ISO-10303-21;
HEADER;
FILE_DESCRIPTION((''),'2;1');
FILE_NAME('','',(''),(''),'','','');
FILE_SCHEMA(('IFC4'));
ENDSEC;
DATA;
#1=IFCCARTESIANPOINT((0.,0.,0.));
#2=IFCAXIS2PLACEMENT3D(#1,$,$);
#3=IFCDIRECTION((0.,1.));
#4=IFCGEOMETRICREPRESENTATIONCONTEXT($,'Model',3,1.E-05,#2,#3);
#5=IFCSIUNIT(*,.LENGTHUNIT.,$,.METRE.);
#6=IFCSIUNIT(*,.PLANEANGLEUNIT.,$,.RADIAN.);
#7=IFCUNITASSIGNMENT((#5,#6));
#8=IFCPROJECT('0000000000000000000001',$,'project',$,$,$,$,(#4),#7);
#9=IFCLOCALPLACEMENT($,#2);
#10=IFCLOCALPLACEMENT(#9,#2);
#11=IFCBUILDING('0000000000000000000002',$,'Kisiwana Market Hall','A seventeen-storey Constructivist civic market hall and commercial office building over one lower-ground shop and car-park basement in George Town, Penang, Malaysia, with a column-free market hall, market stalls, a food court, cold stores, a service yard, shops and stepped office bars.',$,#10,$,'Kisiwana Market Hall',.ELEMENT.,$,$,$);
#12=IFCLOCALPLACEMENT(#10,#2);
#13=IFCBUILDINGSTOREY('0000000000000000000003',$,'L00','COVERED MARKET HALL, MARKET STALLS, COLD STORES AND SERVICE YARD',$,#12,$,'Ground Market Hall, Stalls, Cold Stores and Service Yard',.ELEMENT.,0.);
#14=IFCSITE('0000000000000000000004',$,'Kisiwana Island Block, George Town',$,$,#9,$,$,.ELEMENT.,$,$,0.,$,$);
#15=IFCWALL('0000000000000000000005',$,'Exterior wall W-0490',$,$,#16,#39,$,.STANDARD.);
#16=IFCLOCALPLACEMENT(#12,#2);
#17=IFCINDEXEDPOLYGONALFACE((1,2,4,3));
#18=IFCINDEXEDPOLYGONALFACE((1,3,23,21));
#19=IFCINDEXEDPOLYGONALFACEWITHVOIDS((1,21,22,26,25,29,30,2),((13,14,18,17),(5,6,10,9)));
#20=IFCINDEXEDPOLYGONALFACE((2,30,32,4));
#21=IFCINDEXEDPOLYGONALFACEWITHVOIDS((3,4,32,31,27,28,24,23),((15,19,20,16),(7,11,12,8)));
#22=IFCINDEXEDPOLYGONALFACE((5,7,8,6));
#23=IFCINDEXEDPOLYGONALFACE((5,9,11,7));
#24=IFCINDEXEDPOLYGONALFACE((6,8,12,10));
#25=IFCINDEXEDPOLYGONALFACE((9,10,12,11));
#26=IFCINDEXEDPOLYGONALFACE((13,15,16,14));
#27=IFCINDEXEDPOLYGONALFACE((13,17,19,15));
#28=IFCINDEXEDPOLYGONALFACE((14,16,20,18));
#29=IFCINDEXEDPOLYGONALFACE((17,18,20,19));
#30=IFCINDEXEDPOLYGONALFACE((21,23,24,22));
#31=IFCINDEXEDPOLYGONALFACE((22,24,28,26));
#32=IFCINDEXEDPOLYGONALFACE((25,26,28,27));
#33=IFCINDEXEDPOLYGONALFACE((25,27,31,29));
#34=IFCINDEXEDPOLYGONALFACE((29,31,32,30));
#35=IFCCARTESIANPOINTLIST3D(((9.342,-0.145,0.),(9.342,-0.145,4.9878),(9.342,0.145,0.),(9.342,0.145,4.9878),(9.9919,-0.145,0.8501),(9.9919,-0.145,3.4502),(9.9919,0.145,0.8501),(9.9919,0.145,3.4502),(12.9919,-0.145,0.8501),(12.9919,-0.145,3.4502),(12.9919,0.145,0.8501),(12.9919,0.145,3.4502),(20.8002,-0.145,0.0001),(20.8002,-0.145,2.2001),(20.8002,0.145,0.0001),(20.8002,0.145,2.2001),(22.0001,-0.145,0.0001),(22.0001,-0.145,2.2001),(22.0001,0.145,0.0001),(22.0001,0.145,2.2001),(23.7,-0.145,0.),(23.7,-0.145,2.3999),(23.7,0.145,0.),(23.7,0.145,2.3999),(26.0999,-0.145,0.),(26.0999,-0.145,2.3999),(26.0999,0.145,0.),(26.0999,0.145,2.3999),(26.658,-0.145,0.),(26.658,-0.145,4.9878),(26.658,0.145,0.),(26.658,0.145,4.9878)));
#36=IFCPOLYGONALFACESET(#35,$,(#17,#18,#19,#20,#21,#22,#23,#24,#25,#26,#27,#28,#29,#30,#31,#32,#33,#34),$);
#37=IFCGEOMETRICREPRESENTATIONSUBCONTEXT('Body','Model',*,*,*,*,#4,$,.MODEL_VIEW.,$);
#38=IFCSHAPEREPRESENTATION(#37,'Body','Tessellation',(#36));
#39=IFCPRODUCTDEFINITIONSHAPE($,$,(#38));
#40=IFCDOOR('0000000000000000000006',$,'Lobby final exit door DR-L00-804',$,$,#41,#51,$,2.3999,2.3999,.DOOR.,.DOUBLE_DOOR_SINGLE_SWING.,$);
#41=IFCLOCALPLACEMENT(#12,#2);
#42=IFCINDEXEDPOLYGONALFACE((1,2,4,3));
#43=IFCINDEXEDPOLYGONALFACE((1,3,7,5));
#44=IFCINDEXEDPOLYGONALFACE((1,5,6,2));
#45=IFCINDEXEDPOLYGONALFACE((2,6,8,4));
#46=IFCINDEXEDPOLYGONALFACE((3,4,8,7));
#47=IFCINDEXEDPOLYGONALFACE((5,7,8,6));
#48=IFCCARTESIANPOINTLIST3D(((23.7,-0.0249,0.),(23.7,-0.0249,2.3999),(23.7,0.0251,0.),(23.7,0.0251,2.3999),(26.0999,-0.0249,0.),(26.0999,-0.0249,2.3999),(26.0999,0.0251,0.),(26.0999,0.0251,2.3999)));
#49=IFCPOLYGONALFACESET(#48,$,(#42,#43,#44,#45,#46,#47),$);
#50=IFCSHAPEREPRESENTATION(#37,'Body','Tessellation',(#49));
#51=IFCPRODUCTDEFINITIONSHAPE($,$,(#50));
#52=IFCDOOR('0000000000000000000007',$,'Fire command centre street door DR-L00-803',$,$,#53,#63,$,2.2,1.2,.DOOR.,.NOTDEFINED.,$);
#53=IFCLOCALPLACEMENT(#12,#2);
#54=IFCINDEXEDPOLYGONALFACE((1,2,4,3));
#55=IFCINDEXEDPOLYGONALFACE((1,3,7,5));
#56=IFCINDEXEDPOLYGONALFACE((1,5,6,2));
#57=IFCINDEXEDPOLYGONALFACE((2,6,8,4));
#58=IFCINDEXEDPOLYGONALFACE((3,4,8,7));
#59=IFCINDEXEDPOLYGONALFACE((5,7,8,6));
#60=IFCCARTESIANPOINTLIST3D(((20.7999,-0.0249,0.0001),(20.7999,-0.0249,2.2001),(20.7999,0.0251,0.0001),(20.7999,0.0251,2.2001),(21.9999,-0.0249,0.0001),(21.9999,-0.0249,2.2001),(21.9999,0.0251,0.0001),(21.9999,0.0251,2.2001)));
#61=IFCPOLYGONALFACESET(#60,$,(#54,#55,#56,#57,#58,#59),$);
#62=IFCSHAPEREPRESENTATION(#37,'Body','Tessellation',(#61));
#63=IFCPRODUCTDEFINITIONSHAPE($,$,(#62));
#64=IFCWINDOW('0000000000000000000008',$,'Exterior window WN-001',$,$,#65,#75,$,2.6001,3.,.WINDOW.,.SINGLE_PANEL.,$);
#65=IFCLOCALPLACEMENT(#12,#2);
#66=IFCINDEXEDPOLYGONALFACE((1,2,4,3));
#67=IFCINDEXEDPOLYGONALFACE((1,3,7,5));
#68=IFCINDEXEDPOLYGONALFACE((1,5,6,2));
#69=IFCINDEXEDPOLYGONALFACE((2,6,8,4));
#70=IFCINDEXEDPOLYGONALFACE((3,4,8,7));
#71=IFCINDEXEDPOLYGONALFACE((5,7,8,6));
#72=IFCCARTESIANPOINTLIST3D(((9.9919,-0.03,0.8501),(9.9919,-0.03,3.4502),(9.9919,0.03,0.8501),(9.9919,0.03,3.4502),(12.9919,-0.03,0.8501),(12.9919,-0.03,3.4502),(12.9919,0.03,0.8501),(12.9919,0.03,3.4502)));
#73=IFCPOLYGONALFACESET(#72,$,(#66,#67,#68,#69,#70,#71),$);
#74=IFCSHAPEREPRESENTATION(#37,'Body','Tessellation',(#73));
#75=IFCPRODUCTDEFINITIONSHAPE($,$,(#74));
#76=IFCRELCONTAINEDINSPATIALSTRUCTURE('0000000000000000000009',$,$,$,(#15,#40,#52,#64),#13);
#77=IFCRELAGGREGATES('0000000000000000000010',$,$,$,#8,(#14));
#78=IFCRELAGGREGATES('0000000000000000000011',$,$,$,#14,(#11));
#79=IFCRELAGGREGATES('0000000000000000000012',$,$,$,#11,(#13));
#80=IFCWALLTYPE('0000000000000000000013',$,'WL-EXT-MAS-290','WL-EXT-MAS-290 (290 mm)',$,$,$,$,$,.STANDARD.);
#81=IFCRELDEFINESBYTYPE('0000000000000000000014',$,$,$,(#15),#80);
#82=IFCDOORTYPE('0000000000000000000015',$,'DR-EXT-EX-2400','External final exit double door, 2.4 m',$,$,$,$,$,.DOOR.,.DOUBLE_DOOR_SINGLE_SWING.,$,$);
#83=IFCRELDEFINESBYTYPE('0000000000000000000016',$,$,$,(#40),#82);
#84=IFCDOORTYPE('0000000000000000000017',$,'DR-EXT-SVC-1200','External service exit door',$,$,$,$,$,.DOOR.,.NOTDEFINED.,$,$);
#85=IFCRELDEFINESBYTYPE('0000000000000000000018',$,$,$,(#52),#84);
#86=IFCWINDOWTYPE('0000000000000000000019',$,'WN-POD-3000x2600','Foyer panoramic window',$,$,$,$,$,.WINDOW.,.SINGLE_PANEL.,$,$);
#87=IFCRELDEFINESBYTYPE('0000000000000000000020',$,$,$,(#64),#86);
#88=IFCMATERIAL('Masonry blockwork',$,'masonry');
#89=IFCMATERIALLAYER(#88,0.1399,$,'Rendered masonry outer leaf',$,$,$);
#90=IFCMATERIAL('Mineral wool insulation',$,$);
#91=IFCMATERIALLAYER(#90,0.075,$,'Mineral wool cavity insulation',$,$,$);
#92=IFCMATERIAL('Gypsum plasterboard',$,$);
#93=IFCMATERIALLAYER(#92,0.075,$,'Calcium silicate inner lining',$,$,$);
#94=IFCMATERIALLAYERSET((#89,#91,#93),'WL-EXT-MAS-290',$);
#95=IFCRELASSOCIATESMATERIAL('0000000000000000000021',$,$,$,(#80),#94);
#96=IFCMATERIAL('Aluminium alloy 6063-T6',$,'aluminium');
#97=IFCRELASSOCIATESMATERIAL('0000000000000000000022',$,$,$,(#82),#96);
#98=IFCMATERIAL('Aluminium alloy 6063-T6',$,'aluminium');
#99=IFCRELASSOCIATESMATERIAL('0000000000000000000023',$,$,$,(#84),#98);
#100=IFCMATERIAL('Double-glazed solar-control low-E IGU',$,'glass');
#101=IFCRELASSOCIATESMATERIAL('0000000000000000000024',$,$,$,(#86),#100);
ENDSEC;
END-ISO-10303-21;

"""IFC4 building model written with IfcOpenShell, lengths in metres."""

from ifc_helpers import new_model, si_unit, direction, frame, frame_2d, origin, place, context, subcontext, project, spatial, rectangle, extrude, material, layer, layer_set, type_object, element, fill, save


model = new_model("IFC4")

# Units and contexts
model_context = context("Model", 3, precision=1e-05, world=origin(), true_north=direction((0.0, 1.0)))
body_context = subcontext(model_context, "Body", "Model", "MODEL_VIEW")
ifc_project = project(units=[si_unit("LENGTHUNIT", "METRE"), si_unit("PLANEANGLEUNIT", "RADIAN")], contexts=[model_context])

# Site, building, storey
site_placement = place(None, origin())
site = spatial("IfcSite", under=ifc_project, at=site_placement, Name="Kisiwana Island Block, George Town", CompositionType="ELEMENT", RefElevation=0.0)
building_placement = place(site_placement, origin())
building = spatial("IfcBuilding", under=site, at=building_placement, Name="Kisiwana Market Hall", Description="A seventeen-storey Constructivist civic market hall and commercial office building over one lower-ground shop and car-park basement in George Town, Penang, Malaysia, with a column-free market hall, market stalls, a food court, cold stores, a service yard, shops and stepped office bars.", LongName="Kisiwana Market Hall", CompositionType="ELEMENT")
storey_placement = place(building_placement, origin())
storey = spatial("IfcBuildingStorey", under=building, at=storey_placement, Name="L00", Description="COVERED MARKET HALL, MARKET STALLS, COLD STORES AND SERVICE YARD", LongName="Ground Market Hall, Stalls, Cold Stores and Service Yard", CompositionType="ELEMENT", Elevation=0.0)

# Wall, openings, doors, window
ifc_material_1 = material(Name="Masonry blockwork", Category="masonry")
ifc_layer_1 = layer(ifc_material_1, 0.1399, Name="Rendered masonry outer leaf")
ifc_material_2 = material(Name="Mineral wool insulation")
ifc_layer_2 = layer(ifc_material_2, 0.075, Name="Mineral wool cavity insulation")
ifc_material_3 = material(Name="Gypsum plasterboard")
ifc_layer_3 = layer(ifc_material_3, 0.075, Name="Calcium silicate inner lining")
ifc_layer_set = layer_set([ifc_layer_1, ifc_layer_2, ifc_layer_3], Name="WL-EXT-MAS-290")
wall_type = type_object("IfcWallType", Name="WL-EXT-MAS-290", Description="WL-EXT-MAS-290 (290 mm)", PredefinedType="STANDARD", material=ifc_layer_set)
wall_1_placement = place(storey_placement, frame((9.342, 0.0, 0.0), z_axis=(0.0, 0.0, 1.0), x_axis=(1.0, 0.0, 0.0)))
wall_1 = element("IfcWall", 1, at=wall_1_placement, inside=storey, type_object=wall_type, Name="Exterior wall W-0490", PredefinedType="STANDARD", context=body_context, shape_type="SweptSolid", body=[
    extrude(rectangle(XDim=17.3159, YDim=0.29, at=frame_2d((8.658, 0.0))), origin(), (0.0, 0.0, 1.0), 4.9878),
])
opening_1_placement = place(wall_1_placement, frame((11.458, 0.0, 0.0)))
opening_1 = element("IfcOpeningElement", 2, at=opening_1_placement, cuts=wall_1, PredefinedType="OPENING", context=body_context, shape_type="SweptSolid", body=[
    extrude(rectangle(XDim=1.2, YDim=2.2, at=frame_2d((0.6001, 1.1001))), frame((0.0, 0.157, 0.0), z_axis=(0.0, -1.0, 0.0), x_axis=(1.0, 0.0, 0.0)), (0.0, 0.0, 1.0), 0.314),
])
opening_2_placement = place(wall_1_placement, frame((14.3579, 0.0, 0.0)))
opening_2 = element("IfcOpeningElement", 3, at=opening_2_placement, cuts=wall_1, PredefinedType="OPENING", context=body_context, shape_type="SweptSolid", body=[
    extrude(rectangle(XDim=2.3999, YDim=2.3999, at=frame_2d((1.2, 1.2))), frame((0.0, 0.157, 0.0), z_axis=(0.0, -1.0, 0.0), x_axis=(1.0, 0.0, 0.0)), (0.0, 0.0, 1.0), 0.314),
])
opening_3_placement = place(wall_1_placement, frame((0.6499, 0.0, 0.8501)))
opening_3 = element("IfcOpeningElement", 4, at=opening_3_placement, cuts=wall_1, PredefinedType="OPENING", context=body_context, shape_type="SweptSolid", body=[
    extrude(rectangle(XDim=3.0, YDim=2.6001, at=frame_2d((1.5, 1.3))), frame((0.0, 0.157, 0.0), z_axis=(0.0, -1.0, 0.0), x_axis=(1.0, 0.0, 0.0)), (0.0, 0.0, 1.0), 0.314),
])
ifc_material_4 = material(Name="Aluminium alloy 6063-T6", Category="aluminium")
door_type_1 = type_object("IfcDoorType", Name="DR-EXT-EX-2400", Description="External final exit double door, 2.4 m", OperationType="DOUBLE_DOOR_SINGLE_SWING", PredefinedType="DOOR", material=ifc_material_4)
door_1_placement = place(opening_2_placement, frame((2.3999, 0.0, 0.0), z_axis=(0.0, 0.0, 1.0), x_axis=(-1.0, 0.0, 0.0)))
door_1 = element("IfcDoor", 5, at=door_1_placement, inside=storey, type_object=door_type_1, Name="Lobby final exit door DR-L00-804", OperationType="DOUBLE_DOOR_SINGLE_SWING", OverallHeight=2.3999, OverallWidth=2.3999, PredefinedType="DOOR", context=body_context, shape_type="SweptSolid", body=[
    extrude(rectangle(XDim=2.3999, YDim=2.3999, at=frame_2d((1.2, 1.2))), frame((0.0, 0.0249, 0.0), z_axis=(0.0, -1.0, 0.0), x_axis=(1.0, 0.0, 0.0)), (0.0, 0.0, 1.0), 0.05),
])
fill(opening_2, door_1)
ifc_material_5 = material(Name="Aluminium alloy 6063-T6", Category="aluminium")
door_type_2 = type_object("IfcDoorType", Name="DR-EXT-SVC-1200", Description="External service exit door", OperationType="NOTDEFINED", PredefinedType="DOOR", material=ifc_material_5)
door_2_placement = place(opening_1_placement, frame((1.2, 0.0, 0.0), z_axis=(0.0, 0.0, 1.0), x_axis=(-1.0, 0.0, 0.0)))
door_2 = element("IfcDoor", 6, at=door_2_placement, inside=storey, type_object=door_type_2, Name="Fire command centre street door DR-L00-803", OperationType="NOTDEFINED", OverallHeight=2.2, OverallWidth=1.2, PredefinedType="DOOR", context=body_context, shape_type="SweptSolid", body=[
    extrude(rectangle(XDim=1.2, YDim=2.2, at=frame_2d((0.6001, 1.1001))), frame((0.0, 0.0249, 0.0), z_axis=(0.0, -1.0, 0.0), x_axis=(1.0, 0.0, 0.0)), (0.0, 0.0, 1.0), 0.05),
])
fill(opening_1, door_2)
ifc_material_6 = material(Name="Double-glazed solar-control low-E IGU", Category="glass")
window_type = type_object("IfcWindowType", Name="WN-POD-3000x2600", Description="Foyer panoramic window", PartitioningType="SINGLE_PANEL", PredefinedType="WINDOW", material=ifc_material_6)
window_placement = place(opening_3_placement, origin())
window = element("IfcWindow", 7, at=window_placement, inside=storey, type_object=window_type, Name="Exterior window WN-001", OverallHeight=2.6001, OverallWidth=3.0, PartitioningType="SINGLE_PANEL", PredefinedType="WINDOW", context=body_context, shape_type="SweptSolid", body=[
    extrude(rectangle(XDim=3.0, YDim=2.6001, at=frame_2d((1.5, 1.3))), frame((0.0, 0.03, 0.0), z_axis=(0.0, -1.0, 0.0), x_axis=(1.0, 0.0, 0.0)), (0.0, 0.0, 1.0), 0.0601),
])
fill(opening_3, window)

save(model, "model.ifc")
